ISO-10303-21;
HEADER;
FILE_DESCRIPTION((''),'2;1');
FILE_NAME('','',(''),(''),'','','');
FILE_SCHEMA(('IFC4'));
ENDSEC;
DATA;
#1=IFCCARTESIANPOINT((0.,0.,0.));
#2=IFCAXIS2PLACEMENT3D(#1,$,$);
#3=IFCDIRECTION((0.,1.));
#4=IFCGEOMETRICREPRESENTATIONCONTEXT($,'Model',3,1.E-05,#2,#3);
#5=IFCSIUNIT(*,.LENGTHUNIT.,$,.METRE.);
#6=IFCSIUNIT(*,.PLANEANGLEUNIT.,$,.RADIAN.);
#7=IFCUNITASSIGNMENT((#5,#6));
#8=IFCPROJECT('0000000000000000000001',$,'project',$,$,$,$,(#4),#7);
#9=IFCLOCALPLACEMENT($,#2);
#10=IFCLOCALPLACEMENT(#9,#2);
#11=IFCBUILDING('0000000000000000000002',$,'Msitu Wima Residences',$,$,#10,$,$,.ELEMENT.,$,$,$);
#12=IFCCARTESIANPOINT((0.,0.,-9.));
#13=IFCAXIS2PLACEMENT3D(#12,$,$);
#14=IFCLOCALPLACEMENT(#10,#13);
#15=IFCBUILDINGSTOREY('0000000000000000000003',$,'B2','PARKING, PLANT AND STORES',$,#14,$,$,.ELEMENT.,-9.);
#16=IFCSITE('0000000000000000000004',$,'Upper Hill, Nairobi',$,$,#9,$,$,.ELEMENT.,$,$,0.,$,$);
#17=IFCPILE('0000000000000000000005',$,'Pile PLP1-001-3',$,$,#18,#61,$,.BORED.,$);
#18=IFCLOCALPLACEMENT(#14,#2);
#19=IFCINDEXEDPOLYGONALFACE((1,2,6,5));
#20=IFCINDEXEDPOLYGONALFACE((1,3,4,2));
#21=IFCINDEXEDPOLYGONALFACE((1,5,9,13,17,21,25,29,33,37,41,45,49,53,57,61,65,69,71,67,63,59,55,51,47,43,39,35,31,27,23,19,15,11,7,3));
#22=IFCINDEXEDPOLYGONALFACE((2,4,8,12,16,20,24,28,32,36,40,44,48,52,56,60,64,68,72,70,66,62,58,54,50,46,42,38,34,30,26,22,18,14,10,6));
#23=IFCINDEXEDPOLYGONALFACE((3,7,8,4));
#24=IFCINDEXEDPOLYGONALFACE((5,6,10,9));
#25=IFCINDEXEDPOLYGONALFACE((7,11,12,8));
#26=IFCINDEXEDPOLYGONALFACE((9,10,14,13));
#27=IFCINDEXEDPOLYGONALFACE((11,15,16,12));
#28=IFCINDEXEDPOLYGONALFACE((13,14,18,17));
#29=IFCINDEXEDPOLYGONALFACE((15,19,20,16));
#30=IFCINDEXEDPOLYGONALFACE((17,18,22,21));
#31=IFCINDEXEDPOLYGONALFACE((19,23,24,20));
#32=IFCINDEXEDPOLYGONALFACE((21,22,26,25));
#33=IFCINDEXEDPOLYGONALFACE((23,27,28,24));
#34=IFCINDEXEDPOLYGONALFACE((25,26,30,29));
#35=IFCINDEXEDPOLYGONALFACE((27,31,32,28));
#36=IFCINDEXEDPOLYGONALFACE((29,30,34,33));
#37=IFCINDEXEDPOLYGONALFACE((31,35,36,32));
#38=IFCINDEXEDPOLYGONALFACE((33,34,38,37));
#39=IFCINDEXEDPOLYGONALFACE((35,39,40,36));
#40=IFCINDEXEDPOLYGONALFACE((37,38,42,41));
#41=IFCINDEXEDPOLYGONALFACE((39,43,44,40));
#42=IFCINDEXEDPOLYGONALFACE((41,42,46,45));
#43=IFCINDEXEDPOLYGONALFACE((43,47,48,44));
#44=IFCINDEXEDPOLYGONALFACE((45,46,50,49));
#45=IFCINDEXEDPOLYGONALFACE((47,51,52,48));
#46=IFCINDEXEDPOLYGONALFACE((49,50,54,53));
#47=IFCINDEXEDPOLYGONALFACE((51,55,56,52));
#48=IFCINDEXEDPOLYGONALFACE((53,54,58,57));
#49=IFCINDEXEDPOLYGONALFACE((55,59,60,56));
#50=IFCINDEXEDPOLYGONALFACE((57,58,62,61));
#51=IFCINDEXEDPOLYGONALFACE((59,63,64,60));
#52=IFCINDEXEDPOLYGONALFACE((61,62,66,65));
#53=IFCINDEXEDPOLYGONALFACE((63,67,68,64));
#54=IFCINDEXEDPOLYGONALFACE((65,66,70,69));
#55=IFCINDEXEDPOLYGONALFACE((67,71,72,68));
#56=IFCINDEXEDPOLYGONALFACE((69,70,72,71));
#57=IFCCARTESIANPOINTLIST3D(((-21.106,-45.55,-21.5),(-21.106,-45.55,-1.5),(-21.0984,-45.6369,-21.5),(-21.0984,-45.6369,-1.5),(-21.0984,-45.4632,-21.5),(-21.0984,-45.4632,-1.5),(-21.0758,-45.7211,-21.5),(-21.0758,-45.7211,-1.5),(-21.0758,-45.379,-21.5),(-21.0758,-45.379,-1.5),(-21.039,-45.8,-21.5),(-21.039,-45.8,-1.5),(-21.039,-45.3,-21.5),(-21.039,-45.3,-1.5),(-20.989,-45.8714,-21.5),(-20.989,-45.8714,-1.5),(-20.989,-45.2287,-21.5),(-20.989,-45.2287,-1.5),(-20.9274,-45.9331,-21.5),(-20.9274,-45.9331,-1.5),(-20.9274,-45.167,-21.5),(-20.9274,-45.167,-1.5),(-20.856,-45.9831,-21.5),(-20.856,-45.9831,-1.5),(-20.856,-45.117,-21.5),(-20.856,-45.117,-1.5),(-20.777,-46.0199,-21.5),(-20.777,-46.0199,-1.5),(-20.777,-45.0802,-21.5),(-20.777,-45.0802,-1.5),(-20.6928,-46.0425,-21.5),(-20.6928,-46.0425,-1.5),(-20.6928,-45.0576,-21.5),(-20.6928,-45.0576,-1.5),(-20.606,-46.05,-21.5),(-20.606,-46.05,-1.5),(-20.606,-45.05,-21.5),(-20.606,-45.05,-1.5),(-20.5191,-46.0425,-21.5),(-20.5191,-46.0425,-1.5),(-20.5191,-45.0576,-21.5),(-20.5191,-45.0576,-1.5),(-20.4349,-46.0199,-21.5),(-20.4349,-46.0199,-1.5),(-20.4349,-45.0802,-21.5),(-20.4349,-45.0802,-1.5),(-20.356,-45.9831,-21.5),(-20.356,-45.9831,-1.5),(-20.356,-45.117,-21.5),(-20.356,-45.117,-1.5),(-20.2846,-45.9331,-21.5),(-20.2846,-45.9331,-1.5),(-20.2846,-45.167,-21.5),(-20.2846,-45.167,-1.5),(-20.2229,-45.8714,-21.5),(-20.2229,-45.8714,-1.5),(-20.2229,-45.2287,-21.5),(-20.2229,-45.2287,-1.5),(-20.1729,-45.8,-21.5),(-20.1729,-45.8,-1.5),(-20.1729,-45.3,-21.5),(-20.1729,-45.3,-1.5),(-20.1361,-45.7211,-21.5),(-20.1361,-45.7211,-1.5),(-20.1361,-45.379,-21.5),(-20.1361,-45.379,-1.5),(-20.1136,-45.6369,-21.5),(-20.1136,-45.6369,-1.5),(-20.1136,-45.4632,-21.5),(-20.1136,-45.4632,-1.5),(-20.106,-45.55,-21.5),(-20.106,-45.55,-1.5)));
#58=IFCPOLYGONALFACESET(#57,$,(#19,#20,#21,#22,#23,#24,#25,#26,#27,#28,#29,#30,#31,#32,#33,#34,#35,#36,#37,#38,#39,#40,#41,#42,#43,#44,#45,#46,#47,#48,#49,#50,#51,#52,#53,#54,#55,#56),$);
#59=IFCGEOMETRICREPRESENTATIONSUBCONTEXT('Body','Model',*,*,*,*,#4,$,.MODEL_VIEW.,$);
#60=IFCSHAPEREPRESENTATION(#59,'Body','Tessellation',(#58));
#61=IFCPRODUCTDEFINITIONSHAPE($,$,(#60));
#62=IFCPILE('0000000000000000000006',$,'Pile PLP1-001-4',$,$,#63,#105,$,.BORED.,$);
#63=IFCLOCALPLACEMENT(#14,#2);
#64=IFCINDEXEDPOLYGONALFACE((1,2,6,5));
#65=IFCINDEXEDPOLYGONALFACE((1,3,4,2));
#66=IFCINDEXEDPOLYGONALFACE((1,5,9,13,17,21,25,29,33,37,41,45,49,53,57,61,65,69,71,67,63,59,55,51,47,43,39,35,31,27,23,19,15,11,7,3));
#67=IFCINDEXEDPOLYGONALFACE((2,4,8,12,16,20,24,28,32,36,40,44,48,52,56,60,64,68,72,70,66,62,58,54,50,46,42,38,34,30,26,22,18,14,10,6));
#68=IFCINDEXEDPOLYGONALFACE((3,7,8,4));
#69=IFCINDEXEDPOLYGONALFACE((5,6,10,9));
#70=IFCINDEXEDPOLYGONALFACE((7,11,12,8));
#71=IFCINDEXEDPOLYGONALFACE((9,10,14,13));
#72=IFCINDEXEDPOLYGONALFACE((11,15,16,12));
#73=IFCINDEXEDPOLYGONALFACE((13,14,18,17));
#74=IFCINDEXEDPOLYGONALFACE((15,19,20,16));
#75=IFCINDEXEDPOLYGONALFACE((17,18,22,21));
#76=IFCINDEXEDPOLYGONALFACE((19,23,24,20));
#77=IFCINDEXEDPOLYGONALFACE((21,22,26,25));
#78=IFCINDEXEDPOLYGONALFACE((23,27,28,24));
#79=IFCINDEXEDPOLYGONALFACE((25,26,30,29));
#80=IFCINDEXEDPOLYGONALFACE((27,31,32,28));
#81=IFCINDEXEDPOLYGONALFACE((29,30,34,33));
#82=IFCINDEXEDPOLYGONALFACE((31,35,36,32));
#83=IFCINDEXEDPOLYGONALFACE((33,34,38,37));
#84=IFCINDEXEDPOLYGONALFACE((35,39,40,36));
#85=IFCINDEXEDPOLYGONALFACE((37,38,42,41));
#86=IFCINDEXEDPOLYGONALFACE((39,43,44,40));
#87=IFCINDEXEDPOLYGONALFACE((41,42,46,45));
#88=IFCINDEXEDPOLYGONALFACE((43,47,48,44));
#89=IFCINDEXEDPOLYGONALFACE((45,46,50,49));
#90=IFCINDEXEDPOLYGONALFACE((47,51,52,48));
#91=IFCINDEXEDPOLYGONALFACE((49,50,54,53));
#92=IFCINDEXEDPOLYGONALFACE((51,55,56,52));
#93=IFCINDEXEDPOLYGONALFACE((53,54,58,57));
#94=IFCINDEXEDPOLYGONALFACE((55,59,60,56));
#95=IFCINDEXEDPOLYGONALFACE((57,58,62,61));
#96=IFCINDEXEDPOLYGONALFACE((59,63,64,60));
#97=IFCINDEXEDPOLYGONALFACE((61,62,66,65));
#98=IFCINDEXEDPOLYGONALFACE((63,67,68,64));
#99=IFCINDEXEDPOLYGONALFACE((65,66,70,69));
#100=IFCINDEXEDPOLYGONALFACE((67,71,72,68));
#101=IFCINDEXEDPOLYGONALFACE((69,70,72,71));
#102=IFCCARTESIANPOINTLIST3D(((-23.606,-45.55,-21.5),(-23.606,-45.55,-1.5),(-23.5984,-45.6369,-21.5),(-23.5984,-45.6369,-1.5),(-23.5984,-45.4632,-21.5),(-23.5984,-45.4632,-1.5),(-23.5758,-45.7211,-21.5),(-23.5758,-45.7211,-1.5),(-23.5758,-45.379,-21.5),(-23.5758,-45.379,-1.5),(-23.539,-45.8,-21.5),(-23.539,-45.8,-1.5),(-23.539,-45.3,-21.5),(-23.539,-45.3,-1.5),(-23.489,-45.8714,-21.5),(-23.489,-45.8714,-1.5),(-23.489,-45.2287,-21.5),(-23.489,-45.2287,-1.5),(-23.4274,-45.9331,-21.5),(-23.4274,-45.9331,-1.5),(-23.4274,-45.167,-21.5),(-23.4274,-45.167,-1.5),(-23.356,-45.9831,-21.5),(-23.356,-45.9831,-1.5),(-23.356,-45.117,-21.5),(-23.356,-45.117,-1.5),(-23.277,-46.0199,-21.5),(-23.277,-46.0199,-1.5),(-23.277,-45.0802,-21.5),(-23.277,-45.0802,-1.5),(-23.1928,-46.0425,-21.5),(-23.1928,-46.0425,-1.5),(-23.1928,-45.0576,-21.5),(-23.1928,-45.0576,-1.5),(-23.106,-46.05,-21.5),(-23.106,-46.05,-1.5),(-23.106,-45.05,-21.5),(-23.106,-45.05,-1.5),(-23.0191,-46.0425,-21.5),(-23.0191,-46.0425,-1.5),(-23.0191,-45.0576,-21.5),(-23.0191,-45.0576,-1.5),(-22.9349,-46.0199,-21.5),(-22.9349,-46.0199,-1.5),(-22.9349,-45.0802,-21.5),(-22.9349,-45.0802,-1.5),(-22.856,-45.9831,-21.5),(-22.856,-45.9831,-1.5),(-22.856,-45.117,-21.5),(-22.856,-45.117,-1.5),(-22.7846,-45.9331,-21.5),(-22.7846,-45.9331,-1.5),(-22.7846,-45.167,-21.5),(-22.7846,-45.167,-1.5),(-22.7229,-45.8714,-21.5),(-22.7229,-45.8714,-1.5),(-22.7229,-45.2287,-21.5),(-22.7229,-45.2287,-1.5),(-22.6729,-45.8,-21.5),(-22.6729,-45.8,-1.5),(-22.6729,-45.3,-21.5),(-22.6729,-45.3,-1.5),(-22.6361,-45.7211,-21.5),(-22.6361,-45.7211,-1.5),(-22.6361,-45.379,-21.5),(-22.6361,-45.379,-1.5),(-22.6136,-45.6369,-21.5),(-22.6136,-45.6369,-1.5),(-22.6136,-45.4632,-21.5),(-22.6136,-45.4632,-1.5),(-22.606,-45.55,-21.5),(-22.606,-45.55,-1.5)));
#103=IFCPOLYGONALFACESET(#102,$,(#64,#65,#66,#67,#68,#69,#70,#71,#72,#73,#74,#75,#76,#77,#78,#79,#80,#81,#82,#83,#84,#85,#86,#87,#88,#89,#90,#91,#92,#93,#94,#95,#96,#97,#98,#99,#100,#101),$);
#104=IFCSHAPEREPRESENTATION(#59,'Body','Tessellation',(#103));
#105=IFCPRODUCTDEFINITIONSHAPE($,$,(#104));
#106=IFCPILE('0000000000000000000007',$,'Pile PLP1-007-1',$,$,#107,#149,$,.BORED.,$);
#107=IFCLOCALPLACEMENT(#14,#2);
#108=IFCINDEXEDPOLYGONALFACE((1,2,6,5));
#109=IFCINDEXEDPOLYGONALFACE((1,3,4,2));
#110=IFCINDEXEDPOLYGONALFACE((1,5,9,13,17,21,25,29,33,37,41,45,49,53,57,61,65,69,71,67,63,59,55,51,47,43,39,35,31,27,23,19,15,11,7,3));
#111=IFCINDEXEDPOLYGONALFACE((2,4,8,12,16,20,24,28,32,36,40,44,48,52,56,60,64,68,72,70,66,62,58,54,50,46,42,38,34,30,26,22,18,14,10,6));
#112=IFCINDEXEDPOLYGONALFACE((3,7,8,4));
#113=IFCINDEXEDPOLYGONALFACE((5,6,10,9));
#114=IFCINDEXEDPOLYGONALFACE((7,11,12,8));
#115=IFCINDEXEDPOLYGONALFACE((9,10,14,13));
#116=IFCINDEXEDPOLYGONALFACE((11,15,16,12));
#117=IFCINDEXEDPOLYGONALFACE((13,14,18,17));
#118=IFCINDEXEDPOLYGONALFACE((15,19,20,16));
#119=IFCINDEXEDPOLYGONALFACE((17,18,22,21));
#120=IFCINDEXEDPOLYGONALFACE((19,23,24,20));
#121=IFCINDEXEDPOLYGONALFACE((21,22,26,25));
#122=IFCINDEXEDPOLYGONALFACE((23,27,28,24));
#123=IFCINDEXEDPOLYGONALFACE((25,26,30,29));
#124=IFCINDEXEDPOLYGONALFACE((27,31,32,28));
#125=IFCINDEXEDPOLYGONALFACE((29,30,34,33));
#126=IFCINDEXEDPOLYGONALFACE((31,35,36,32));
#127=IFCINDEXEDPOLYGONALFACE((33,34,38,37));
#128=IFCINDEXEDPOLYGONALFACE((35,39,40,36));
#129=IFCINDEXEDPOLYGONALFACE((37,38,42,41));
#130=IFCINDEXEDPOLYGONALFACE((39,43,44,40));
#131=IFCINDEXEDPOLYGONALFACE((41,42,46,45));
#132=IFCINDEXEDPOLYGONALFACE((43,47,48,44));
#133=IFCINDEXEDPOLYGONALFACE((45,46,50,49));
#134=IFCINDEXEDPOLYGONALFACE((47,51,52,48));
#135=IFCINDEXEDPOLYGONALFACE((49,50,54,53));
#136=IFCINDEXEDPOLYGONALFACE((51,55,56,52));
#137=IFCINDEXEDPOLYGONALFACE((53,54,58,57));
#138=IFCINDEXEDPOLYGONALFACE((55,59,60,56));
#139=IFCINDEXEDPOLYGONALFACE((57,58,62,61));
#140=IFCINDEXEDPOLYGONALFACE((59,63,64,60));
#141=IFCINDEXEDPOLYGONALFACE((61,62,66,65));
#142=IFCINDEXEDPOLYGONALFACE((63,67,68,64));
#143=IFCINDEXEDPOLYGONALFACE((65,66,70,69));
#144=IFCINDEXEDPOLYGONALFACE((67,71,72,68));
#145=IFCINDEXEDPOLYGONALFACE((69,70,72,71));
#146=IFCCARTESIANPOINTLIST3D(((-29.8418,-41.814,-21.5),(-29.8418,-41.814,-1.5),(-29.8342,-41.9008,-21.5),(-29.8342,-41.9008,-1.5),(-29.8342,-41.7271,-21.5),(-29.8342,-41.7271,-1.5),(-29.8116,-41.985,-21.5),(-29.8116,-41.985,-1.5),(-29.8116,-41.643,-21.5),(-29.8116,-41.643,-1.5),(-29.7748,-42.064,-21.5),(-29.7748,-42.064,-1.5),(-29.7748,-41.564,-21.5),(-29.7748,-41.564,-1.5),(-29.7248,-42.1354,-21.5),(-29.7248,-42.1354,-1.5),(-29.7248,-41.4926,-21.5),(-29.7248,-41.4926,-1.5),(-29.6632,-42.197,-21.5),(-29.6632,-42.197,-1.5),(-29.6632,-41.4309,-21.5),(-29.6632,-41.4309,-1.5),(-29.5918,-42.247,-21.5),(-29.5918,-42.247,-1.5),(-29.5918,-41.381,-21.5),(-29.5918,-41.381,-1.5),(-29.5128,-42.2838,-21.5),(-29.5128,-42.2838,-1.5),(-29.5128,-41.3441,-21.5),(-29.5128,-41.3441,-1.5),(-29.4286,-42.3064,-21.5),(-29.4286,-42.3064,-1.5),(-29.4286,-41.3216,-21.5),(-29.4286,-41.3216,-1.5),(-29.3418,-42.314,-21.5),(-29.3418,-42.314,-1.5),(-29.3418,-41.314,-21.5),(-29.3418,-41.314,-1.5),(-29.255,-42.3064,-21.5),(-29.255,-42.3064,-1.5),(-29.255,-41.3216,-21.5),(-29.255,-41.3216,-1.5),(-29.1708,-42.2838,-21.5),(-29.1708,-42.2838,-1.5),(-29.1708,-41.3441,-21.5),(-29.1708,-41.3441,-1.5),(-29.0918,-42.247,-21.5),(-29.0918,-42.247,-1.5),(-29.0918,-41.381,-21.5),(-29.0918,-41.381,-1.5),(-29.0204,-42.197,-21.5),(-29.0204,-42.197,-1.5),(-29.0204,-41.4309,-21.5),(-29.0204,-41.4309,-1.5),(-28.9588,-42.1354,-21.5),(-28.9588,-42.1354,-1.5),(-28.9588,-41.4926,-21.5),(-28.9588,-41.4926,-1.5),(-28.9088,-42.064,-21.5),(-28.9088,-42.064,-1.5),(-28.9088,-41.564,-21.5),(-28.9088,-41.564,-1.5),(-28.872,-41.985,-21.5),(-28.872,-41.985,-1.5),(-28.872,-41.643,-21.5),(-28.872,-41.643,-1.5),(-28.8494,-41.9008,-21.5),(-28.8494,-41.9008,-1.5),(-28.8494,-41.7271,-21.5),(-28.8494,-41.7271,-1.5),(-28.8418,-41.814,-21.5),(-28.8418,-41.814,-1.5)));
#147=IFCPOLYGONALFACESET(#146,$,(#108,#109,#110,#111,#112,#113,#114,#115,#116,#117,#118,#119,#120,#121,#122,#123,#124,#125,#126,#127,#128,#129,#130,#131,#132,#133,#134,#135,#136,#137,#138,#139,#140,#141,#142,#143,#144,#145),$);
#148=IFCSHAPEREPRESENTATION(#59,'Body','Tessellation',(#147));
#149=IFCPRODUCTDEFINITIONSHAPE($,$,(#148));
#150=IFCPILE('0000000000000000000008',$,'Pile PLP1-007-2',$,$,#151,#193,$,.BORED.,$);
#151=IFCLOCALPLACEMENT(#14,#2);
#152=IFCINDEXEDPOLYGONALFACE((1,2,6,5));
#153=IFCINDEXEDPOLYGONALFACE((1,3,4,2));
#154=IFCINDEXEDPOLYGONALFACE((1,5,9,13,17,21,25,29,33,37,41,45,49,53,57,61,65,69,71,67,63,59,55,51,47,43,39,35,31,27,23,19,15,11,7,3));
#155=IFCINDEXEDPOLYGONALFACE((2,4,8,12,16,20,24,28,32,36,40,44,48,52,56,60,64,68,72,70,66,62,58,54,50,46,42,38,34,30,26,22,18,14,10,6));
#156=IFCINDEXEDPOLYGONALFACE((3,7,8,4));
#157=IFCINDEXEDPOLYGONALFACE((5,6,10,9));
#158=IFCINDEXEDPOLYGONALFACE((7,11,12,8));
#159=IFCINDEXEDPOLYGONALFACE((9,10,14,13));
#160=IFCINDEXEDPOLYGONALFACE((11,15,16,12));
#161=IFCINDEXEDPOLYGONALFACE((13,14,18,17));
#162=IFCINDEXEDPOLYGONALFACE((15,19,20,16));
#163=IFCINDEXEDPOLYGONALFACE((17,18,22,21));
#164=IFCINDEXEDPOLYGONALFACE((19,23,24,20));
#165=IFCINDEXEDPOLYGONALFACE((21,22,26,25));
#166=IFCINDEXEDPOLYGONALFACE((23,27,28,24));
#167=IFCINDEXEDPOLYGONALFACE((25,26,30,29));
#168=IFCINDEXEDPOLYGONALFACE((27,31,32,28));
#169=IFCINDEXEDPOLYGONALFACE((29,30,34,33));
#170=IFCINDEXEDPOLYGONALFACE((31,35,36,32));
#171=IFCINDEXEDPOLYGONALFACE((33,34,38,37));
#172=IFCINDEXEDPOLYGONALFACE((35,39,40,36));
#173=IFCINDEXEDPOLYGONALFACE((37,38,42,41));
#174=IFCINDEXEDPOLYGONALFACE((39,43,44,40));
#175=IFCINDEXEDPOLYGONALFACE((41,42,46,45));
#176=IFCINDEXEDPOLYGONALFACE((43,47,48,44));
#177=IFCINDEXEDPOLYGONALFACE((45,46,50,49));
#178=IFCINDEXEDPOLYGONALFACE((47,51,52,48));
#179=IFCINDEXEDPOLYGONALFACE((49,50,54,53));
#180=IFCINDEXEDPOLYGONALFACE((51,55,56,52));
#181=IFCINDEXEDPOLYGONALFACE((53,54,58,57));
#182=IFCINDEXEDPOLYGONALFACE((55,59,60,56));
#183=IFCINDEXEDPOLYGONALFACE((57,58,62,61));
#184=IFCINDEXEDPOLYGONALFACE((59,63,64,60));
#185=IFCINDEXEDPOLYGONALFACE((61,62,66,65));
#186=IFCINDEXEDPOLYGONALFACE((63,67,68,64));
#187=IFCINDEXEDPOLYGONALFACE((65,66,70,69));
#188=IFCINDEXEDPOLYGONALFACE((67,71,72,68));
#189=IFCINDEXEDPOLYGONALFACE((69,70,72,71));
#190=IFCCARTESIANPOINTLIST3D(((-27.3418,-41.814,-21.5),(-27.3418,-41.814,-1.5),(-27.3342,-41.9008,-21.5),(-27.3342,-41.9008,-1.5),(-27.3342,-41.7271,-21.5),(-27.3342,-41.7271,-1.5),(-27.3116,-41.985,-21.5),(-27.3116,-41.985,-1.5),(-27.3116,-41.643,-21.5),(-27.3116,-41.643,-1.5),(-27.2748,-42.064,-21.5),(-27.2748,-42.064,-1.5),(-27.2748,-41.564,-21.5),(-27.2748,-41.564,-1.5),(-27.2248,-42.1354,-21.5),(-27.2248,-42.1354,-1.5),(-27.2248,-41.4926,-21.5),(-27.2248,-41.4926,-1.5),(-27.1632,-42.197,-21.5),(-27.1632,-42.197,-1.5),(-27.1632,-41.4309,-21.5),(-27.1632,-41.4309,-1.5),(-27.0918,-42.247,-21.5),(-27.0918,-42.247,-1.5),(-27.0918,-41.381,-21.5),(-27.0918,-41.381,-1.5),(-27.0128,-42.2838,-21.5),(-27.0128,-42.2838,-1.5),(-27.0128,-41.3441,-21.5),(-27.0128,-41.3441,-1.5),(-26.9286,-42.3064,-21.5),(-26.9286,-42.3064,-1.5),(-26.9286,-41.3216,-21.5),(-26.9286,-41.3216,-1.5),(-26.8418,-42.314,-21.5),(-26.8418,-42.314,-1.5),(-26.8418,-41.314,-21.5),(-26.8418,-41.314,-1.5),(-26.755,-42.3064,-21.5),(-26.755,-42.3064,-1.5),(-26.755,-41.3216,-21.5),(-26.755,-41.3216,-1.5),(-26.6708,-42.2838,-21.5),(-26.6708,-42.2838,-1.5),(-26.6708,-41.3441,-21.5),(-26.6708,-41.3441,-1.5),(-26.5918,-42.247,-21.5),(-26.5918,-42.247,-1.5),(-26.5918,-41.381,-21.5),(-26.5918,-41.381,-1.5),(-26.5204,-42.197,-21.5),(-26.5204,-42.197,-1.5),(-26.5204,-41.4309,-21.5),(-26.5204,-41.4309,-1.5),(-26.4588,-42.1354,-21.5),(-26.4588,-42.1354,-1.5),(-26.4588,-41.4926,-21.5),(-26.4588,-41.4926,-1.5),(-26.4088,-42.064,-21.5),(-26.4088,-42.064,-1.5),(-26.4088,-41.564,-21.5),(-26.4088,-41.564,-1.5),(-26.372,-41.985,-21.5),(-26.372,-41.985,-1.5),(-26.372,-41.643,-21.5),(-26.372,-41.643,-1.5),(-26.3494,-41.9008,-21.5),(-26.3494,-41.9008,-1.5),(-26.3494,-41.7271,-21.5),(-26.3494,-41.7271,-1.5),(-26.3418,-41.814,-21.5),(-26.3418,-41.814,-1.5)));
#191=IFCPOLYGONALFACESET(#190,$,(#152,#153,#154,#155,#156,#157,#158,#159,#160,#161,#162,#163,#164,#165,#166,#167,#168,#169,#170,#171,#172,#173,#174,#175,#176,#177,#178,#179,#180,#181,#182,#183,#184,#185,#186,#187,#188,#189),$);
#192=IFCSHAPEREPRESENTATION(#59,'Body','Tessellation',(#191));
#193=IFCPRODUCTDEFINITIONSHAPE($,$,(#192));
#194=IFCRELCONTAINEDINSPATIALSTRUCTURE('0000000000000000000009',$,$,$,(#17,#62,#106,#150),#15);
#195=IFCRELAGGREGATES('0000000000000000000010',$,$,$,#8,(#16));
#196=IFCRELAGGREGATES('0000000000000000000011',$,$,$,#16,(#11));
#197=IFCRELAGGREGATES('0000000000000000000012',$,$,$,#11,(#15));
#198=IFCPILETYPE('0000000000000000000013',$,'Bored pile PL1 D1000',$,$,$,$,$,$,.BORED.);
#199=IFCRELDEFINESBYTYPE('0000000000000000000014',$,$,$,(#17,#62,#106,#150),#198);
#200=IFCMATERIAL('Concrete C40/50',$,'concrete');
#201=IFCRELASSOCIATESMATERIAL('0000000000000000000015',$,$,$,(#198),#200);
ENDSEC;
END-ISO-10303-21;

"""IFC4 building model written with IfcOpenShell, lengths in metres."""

from ifc_helpers import new_model, si_unit, direction, frame, origin, origin_2d, place, context, subcontext, project, spatial, circle, extrude, material, type_object, element, save


model = new_model("IFC4")

# Units and contexts
model_context = context("Model", 3, precision=1e-05, world=origin(), true_north=direction((0.0, 1.0)))
body_context = subcontext(model_context, "Body", "Model", "MODEL_VIEW")
ifc_project = project(units=[si_unit("LENGTHUNIT", "METRE"), si_unit("PLANEANGLEUNIT", "RADIAN")], contexts=[model_context])

# Site, building, storey
site_placement = place(None, origin())
site = spatial("IfcSite", under=ifc_project, at=site_placement, Name="Upper Hill, Nairobi", CompositionType="ELEMENT", RefElevation=0.0)
building_placement = place(site_placement, origin())
building = spatial("IfcBuilding", under=site, at=building_placement, Name="Msitu Wima Residences", CompositionType="ELEMENT")
storey_placement = place(building_placement, frame((0.0, 0.0, -9.0)))
storey = spatial("IfcBuildingStorey", under=building, at=storey_placement, Name="B2", Description="PARKING, PLANT AND STORES", CompositionType="ELEMENT", Elevation=-9.0)

# Piles
ifc_material_1 = material(Name="Concrete C40/50", Category="concrete")
pile_type_1 = type_object("IfcPileType", Name="Bored pile PL1 D1000", PredefinedType="BORED", material=ifc_material_1)
for number, where, z_axis, x_axis, name in (
    (1, (-20.606, -45.55, -1.5), (0.0, 0.0, -1.0), (1.0, 0.0, 0.0), "Pile PLP1-001-3"),
    (2, (-23.106, -45.55, -1.5), (0.0, 0.0, -1.0), (1.0, 0.0, 0.0), "Pile PLP1-001-4"),
    (3, (-29.3418, -41.814, -1.5), (0.0, 0.0, -1.0), (1.0, 0.0, 0.0), "Pile PLP1-007-1"),
    (4, (-26.8418, -41.814, -1.5), (0.0, 0.0, -1.0), (1.0, 0.0, 0.0), "Pile PLP1-007-2"),
):
    element("IfcPile", number, at=place(storey_placement, frame(where, z_axis=z_axis, x_axis=x_axis)), inside=storey, type_object=pile_type_1, Name=name, PredefinedType="BORED", context=body_context, shape_type="SweptSolid", body=[
        extrude(circle(Radius=0.5, at=origin_2d()), origin(), (0.0, 0.0, 1.0), 20.0),
    ])

save(model, "model.ifc")
